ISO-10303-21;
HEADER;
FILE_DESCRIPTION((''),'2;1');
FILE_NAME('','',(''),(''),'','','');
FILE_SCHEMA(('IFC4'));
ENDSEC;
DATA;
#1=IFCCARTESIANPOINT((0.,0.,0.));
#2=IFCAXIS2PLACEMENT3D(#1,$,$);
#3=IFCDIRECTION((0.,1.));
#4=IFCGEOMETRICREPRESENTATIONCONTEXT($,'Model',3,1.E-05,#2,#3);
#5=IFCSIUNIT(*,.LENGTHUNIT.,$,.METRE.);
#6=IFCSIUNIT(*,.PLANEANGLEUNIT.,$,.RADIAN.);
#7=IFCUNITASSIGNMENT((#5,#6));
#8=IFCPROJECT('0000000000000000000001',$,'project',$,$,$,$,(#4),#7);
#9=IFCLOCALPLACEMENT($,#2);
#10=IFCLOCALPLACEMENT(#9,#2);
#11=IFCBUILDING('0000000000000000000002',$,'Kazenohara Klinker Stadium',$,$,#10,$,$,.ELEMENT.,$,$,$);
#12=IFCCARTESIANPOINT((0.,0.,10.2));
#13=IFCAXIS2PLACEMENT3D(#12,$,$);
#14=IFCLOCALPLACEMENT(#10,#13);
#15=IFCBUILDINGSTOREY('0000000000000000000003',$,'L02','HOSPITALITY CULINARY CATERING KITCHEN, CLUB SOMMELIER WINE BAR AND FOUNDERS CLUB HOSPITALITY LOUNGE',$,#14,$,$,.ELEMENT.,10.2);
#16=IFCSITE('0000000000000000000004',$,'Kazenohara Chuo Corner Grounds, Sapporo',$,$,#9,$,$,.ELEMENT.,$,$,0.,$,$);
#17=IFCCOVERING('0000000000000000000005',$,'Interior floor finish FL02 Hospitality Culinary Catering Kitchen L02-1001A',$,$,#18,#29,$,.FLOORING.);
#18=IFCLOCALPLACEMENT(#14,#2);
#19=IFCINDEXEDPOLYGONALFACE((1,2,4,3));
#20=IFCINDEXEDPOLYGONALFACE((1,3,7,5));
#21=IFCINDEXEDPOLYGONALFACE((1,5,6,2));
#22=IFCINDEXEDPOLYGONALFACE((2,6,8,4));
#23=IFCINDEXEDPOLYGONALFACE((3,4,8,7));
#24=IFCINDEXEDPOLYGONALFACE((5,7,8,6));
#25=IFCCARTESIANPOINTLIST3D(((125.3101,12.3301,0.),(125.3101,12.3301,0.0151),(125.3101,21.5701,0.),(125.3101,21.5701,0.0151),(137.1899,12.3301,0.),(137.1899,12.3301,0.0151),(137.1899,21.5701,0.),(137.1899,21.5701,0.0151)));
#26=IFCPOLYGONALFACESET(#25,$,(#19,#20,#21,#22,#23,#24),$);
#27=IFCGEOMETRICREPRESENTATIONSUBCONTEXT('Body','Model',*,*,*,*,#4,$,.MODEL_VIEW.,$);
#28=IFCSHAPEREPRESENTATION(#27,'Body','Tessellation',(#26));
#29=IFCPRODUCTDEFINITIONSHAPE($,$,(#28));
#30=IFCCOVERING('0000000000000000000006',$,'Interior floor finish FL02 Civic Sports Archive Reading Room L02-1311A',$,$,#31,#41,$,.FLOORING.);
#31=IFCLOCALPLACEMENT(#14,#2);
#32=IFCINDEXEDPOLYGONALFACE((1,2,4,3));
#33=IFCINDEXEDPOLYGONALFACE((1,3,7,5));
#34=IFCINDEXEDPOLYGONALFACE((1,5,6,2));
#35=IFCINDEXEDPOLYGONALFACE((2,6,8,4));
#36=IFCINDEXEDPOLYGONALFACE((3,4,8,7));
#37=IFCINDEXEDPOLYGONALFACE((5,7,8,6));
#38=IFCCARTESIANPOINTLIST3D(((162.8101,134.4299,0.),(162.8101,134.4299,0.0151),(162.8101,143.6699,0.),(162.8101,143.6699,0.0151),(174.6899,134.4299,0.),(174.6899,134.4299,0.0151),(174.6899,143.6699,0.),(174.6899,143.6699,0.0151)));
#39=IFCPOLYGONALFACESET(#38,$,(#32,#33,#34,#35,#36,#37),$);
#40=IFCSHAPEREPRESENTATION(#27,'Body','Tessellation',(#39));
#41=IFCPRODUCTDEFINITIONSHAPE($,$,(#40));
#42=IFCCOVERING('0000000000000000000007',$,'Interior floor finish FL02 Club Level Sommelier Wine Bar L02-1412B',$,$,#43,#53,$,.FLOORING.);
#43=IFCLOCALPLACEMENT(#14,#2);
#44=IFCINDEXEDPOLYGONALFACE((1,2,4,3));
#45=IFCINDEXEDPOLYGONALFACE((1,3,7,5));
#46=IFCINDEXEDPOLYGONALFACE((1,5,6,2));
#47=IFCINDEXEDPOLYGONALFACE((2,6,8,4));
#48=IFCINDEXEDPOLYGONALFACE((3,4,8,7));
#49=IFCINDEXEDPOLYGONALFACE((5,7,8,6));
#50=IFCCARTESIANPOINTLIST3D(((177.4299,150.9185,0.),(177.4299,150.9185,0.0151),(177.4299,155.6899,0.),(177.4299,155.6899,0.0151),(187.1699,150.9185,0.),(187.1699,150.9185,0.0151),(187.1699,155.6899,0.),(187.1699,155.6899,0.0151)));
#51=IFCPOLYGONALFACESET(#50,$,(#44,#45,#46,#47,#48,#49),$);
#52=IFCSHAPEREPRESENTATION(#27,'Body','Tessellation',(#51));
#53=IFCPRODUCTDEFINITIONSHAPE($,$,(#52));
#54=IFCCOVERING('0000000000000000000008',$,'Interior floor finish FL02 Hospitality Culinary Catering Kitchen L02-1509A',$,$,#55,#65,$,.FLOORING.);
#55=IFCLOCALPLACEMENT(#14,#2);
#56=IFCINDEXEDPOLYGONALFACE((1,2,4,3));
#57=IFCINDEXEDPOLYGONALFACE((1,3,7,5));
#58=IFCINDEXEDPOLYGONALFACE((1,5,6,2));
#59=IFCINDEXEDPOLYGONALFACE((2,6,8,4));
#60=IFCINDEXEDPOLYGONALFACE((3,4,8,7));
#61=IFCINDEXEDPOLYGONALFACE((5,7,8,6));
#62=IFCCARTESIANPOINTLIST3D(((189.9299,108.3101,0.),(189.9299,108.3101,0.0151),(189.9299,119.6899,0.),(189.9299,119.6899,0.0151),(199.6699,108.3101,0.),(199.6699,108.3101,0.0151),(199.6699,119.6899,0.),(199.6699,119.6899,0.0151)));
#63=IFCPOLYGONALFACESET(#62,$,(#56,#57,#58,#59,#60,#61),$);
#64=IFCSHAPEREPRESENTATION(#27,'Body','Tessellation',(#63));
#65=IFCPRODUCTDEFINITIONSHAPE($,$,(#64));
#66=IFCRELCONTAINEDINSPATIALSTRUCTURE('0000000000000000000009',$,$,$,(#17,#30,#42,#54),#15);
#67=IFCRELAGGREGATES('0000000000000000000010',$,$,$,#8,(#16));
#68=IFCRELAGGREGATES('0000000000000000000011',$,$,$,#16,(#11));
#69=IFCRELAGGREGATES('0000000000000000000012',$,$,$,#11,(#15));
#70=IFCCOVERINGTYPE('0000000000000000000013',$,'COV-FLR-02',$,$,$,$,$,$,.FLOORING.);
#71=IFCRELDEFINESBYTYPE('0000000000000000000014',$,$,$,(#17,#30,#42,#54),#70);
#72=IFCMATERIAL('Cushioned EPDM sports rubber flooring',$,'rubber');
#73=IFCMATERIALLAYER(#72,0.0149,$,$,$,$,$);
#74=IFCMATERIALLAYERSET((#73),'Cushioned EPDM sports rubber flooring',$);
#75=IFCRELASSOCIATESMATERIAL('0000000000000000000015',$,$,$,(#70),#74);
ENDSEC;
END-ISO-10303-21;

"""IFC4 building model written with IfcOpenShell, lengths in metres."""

from ifc_helpers import new_model, si_unit, direction, frame, origin, place, context, subcontext, project, spatial, polyline, outline, extrude, material, layer, layer_set, type_object, element, save


model = new_model("IFC4")

# Units and contexts
model_context = context("Model", 3, precision=1e-05, world=origin(), true_north=direction((0.0, 1.0)))
body_context = subcontext(model_context, "Body", "Model", "MODEL_VIEW")
ifc_project = project(units=[si_unit("LENGTHUNIT", "METRE"), si_unit("PLANEANGLEUNIT", "RADIAN")], contexts=[model_context])

# Site, building, storey
site_placement = place(None, origin())
site = spatial("IfcSite", under=ifc_project, at=site_placement, Name="Kazenohara Chuo Corner Grounds, Sapporo", CompositionType="ELEMENT", RefElevation=0.0)
building_placement = place(site_placement, origin())
building = spatial("IfcBuilding", under=site, at=building_placement, Name="Kazenohara Klinker Stadium", CompositionType="ELEMENT")
storey_placement = place(building_placement, frame((0.0, 0.0, 10.2)))
storey = spatial("IfcBuildingStorey", under=building, at=storey_placement, Name="L02", Description="HOSPITALITY CULINARY CATERING KITCHEN, CLUB SOMMELIER WINE BAR AND FOUNDERS CLUB HOSPITALITY LOUNGE", CompositionType="ELEMENT", Elevation=10.2)

# Coverings
ifc_material_1 = material(Name="Cushioned EPDM sports rubber flooring", Category="rubber")
ifc_layer_1 = layer(ifc_material_1, 0.0149)
ifc_layer_set_1 = layer_set([ifc_layer_1], Name="Cushioned EPDM sports rubber flooring")
covering_type_1 = type_object("IfcCoveringType", Name="COV-FLR-02", PredefinedType="FLOORING", material=ifc_layer_set_1)
covering_1_placement = place(storey_placement, origin())
element("IfcCovering", 1, at=covering_1_placement, inside=storey, type_object=covering_type_1, Name="Interior floor finish FL02 Hospitality Culinary Catering Kitchen L02-1001A", PredefinedType="FLOORING", context=body_context, shape_type="SweptSolid", body=[
    extrude(outline(polyline([(125.3101, 12.3301), (137.1899, 12.3301), (137.1899, 21.5701), (125.3101, 21.5701), (125.3101, 12.3301)])), origin(), (0.0, 0.0, 1.0), 0.0151),
])
covering_2_placement = place(storey_placement, origin())
element("IfcCovering", 2, at=covering_2_placement, inside=storey, type_object=covering_type_1, Name="Interior floor finish FL02 Civic Sports Archive Reading Room L02-1311A", PredefinedType="FLOORING", context=body_context, shape_type="SweptSolid", body=[
    extrude(outline(polyline([(162.8101, 134.4299), (174.6899, 134.4299), (174.6899, 143.6699), (162.8101, 143.6699), (162.8101, 134.4299)])), origin(), (0.0, 0.0, 1.0), 0.0151),
])
covering_3_placement = place(storey_placement, origin())
element("IfcCovering", 3, at=covering_3_placement, inside=storey, type_object=covering_type_1, Name="Interior floor finish FL02 Club Level Sommelier Wine Bar L02-1412B", PredefinedType="FLOORING", context=body_context, shape_type="SweptSolid", body=[
    extrude(outline(polyline([(177.4299, 150.9185), (187.1699, 150.9185), (187.1699, 155.6899), (177.4299, 155.6899), (177.4299, 150.9185)])), origin(), (0.0, 0.0, 1.0), 0.0151),
])
covering_4_placement = place(storey_placement, origin())
element("IfcCovering", 4, at=covering_4_placement, inside=storey, type_object=covering_type_1, Name="Interior floor finish FL02 Hospitality Culinary Catering Kitchen L02-1509A", PredefinedType="FLOORING", context=body_context, shape_type="SweptSolid", body=[
    extrude(outline(polyline([(189.9299, 108.3101), (199.6699, 108.3101), (199.6699, 119.6899), (189.9299, 119.6899), (189.9299, 108.3101)])), origin(), (0.0, 0.0, 1.0), 0.0151),
])

save(model, "model.ifc")
